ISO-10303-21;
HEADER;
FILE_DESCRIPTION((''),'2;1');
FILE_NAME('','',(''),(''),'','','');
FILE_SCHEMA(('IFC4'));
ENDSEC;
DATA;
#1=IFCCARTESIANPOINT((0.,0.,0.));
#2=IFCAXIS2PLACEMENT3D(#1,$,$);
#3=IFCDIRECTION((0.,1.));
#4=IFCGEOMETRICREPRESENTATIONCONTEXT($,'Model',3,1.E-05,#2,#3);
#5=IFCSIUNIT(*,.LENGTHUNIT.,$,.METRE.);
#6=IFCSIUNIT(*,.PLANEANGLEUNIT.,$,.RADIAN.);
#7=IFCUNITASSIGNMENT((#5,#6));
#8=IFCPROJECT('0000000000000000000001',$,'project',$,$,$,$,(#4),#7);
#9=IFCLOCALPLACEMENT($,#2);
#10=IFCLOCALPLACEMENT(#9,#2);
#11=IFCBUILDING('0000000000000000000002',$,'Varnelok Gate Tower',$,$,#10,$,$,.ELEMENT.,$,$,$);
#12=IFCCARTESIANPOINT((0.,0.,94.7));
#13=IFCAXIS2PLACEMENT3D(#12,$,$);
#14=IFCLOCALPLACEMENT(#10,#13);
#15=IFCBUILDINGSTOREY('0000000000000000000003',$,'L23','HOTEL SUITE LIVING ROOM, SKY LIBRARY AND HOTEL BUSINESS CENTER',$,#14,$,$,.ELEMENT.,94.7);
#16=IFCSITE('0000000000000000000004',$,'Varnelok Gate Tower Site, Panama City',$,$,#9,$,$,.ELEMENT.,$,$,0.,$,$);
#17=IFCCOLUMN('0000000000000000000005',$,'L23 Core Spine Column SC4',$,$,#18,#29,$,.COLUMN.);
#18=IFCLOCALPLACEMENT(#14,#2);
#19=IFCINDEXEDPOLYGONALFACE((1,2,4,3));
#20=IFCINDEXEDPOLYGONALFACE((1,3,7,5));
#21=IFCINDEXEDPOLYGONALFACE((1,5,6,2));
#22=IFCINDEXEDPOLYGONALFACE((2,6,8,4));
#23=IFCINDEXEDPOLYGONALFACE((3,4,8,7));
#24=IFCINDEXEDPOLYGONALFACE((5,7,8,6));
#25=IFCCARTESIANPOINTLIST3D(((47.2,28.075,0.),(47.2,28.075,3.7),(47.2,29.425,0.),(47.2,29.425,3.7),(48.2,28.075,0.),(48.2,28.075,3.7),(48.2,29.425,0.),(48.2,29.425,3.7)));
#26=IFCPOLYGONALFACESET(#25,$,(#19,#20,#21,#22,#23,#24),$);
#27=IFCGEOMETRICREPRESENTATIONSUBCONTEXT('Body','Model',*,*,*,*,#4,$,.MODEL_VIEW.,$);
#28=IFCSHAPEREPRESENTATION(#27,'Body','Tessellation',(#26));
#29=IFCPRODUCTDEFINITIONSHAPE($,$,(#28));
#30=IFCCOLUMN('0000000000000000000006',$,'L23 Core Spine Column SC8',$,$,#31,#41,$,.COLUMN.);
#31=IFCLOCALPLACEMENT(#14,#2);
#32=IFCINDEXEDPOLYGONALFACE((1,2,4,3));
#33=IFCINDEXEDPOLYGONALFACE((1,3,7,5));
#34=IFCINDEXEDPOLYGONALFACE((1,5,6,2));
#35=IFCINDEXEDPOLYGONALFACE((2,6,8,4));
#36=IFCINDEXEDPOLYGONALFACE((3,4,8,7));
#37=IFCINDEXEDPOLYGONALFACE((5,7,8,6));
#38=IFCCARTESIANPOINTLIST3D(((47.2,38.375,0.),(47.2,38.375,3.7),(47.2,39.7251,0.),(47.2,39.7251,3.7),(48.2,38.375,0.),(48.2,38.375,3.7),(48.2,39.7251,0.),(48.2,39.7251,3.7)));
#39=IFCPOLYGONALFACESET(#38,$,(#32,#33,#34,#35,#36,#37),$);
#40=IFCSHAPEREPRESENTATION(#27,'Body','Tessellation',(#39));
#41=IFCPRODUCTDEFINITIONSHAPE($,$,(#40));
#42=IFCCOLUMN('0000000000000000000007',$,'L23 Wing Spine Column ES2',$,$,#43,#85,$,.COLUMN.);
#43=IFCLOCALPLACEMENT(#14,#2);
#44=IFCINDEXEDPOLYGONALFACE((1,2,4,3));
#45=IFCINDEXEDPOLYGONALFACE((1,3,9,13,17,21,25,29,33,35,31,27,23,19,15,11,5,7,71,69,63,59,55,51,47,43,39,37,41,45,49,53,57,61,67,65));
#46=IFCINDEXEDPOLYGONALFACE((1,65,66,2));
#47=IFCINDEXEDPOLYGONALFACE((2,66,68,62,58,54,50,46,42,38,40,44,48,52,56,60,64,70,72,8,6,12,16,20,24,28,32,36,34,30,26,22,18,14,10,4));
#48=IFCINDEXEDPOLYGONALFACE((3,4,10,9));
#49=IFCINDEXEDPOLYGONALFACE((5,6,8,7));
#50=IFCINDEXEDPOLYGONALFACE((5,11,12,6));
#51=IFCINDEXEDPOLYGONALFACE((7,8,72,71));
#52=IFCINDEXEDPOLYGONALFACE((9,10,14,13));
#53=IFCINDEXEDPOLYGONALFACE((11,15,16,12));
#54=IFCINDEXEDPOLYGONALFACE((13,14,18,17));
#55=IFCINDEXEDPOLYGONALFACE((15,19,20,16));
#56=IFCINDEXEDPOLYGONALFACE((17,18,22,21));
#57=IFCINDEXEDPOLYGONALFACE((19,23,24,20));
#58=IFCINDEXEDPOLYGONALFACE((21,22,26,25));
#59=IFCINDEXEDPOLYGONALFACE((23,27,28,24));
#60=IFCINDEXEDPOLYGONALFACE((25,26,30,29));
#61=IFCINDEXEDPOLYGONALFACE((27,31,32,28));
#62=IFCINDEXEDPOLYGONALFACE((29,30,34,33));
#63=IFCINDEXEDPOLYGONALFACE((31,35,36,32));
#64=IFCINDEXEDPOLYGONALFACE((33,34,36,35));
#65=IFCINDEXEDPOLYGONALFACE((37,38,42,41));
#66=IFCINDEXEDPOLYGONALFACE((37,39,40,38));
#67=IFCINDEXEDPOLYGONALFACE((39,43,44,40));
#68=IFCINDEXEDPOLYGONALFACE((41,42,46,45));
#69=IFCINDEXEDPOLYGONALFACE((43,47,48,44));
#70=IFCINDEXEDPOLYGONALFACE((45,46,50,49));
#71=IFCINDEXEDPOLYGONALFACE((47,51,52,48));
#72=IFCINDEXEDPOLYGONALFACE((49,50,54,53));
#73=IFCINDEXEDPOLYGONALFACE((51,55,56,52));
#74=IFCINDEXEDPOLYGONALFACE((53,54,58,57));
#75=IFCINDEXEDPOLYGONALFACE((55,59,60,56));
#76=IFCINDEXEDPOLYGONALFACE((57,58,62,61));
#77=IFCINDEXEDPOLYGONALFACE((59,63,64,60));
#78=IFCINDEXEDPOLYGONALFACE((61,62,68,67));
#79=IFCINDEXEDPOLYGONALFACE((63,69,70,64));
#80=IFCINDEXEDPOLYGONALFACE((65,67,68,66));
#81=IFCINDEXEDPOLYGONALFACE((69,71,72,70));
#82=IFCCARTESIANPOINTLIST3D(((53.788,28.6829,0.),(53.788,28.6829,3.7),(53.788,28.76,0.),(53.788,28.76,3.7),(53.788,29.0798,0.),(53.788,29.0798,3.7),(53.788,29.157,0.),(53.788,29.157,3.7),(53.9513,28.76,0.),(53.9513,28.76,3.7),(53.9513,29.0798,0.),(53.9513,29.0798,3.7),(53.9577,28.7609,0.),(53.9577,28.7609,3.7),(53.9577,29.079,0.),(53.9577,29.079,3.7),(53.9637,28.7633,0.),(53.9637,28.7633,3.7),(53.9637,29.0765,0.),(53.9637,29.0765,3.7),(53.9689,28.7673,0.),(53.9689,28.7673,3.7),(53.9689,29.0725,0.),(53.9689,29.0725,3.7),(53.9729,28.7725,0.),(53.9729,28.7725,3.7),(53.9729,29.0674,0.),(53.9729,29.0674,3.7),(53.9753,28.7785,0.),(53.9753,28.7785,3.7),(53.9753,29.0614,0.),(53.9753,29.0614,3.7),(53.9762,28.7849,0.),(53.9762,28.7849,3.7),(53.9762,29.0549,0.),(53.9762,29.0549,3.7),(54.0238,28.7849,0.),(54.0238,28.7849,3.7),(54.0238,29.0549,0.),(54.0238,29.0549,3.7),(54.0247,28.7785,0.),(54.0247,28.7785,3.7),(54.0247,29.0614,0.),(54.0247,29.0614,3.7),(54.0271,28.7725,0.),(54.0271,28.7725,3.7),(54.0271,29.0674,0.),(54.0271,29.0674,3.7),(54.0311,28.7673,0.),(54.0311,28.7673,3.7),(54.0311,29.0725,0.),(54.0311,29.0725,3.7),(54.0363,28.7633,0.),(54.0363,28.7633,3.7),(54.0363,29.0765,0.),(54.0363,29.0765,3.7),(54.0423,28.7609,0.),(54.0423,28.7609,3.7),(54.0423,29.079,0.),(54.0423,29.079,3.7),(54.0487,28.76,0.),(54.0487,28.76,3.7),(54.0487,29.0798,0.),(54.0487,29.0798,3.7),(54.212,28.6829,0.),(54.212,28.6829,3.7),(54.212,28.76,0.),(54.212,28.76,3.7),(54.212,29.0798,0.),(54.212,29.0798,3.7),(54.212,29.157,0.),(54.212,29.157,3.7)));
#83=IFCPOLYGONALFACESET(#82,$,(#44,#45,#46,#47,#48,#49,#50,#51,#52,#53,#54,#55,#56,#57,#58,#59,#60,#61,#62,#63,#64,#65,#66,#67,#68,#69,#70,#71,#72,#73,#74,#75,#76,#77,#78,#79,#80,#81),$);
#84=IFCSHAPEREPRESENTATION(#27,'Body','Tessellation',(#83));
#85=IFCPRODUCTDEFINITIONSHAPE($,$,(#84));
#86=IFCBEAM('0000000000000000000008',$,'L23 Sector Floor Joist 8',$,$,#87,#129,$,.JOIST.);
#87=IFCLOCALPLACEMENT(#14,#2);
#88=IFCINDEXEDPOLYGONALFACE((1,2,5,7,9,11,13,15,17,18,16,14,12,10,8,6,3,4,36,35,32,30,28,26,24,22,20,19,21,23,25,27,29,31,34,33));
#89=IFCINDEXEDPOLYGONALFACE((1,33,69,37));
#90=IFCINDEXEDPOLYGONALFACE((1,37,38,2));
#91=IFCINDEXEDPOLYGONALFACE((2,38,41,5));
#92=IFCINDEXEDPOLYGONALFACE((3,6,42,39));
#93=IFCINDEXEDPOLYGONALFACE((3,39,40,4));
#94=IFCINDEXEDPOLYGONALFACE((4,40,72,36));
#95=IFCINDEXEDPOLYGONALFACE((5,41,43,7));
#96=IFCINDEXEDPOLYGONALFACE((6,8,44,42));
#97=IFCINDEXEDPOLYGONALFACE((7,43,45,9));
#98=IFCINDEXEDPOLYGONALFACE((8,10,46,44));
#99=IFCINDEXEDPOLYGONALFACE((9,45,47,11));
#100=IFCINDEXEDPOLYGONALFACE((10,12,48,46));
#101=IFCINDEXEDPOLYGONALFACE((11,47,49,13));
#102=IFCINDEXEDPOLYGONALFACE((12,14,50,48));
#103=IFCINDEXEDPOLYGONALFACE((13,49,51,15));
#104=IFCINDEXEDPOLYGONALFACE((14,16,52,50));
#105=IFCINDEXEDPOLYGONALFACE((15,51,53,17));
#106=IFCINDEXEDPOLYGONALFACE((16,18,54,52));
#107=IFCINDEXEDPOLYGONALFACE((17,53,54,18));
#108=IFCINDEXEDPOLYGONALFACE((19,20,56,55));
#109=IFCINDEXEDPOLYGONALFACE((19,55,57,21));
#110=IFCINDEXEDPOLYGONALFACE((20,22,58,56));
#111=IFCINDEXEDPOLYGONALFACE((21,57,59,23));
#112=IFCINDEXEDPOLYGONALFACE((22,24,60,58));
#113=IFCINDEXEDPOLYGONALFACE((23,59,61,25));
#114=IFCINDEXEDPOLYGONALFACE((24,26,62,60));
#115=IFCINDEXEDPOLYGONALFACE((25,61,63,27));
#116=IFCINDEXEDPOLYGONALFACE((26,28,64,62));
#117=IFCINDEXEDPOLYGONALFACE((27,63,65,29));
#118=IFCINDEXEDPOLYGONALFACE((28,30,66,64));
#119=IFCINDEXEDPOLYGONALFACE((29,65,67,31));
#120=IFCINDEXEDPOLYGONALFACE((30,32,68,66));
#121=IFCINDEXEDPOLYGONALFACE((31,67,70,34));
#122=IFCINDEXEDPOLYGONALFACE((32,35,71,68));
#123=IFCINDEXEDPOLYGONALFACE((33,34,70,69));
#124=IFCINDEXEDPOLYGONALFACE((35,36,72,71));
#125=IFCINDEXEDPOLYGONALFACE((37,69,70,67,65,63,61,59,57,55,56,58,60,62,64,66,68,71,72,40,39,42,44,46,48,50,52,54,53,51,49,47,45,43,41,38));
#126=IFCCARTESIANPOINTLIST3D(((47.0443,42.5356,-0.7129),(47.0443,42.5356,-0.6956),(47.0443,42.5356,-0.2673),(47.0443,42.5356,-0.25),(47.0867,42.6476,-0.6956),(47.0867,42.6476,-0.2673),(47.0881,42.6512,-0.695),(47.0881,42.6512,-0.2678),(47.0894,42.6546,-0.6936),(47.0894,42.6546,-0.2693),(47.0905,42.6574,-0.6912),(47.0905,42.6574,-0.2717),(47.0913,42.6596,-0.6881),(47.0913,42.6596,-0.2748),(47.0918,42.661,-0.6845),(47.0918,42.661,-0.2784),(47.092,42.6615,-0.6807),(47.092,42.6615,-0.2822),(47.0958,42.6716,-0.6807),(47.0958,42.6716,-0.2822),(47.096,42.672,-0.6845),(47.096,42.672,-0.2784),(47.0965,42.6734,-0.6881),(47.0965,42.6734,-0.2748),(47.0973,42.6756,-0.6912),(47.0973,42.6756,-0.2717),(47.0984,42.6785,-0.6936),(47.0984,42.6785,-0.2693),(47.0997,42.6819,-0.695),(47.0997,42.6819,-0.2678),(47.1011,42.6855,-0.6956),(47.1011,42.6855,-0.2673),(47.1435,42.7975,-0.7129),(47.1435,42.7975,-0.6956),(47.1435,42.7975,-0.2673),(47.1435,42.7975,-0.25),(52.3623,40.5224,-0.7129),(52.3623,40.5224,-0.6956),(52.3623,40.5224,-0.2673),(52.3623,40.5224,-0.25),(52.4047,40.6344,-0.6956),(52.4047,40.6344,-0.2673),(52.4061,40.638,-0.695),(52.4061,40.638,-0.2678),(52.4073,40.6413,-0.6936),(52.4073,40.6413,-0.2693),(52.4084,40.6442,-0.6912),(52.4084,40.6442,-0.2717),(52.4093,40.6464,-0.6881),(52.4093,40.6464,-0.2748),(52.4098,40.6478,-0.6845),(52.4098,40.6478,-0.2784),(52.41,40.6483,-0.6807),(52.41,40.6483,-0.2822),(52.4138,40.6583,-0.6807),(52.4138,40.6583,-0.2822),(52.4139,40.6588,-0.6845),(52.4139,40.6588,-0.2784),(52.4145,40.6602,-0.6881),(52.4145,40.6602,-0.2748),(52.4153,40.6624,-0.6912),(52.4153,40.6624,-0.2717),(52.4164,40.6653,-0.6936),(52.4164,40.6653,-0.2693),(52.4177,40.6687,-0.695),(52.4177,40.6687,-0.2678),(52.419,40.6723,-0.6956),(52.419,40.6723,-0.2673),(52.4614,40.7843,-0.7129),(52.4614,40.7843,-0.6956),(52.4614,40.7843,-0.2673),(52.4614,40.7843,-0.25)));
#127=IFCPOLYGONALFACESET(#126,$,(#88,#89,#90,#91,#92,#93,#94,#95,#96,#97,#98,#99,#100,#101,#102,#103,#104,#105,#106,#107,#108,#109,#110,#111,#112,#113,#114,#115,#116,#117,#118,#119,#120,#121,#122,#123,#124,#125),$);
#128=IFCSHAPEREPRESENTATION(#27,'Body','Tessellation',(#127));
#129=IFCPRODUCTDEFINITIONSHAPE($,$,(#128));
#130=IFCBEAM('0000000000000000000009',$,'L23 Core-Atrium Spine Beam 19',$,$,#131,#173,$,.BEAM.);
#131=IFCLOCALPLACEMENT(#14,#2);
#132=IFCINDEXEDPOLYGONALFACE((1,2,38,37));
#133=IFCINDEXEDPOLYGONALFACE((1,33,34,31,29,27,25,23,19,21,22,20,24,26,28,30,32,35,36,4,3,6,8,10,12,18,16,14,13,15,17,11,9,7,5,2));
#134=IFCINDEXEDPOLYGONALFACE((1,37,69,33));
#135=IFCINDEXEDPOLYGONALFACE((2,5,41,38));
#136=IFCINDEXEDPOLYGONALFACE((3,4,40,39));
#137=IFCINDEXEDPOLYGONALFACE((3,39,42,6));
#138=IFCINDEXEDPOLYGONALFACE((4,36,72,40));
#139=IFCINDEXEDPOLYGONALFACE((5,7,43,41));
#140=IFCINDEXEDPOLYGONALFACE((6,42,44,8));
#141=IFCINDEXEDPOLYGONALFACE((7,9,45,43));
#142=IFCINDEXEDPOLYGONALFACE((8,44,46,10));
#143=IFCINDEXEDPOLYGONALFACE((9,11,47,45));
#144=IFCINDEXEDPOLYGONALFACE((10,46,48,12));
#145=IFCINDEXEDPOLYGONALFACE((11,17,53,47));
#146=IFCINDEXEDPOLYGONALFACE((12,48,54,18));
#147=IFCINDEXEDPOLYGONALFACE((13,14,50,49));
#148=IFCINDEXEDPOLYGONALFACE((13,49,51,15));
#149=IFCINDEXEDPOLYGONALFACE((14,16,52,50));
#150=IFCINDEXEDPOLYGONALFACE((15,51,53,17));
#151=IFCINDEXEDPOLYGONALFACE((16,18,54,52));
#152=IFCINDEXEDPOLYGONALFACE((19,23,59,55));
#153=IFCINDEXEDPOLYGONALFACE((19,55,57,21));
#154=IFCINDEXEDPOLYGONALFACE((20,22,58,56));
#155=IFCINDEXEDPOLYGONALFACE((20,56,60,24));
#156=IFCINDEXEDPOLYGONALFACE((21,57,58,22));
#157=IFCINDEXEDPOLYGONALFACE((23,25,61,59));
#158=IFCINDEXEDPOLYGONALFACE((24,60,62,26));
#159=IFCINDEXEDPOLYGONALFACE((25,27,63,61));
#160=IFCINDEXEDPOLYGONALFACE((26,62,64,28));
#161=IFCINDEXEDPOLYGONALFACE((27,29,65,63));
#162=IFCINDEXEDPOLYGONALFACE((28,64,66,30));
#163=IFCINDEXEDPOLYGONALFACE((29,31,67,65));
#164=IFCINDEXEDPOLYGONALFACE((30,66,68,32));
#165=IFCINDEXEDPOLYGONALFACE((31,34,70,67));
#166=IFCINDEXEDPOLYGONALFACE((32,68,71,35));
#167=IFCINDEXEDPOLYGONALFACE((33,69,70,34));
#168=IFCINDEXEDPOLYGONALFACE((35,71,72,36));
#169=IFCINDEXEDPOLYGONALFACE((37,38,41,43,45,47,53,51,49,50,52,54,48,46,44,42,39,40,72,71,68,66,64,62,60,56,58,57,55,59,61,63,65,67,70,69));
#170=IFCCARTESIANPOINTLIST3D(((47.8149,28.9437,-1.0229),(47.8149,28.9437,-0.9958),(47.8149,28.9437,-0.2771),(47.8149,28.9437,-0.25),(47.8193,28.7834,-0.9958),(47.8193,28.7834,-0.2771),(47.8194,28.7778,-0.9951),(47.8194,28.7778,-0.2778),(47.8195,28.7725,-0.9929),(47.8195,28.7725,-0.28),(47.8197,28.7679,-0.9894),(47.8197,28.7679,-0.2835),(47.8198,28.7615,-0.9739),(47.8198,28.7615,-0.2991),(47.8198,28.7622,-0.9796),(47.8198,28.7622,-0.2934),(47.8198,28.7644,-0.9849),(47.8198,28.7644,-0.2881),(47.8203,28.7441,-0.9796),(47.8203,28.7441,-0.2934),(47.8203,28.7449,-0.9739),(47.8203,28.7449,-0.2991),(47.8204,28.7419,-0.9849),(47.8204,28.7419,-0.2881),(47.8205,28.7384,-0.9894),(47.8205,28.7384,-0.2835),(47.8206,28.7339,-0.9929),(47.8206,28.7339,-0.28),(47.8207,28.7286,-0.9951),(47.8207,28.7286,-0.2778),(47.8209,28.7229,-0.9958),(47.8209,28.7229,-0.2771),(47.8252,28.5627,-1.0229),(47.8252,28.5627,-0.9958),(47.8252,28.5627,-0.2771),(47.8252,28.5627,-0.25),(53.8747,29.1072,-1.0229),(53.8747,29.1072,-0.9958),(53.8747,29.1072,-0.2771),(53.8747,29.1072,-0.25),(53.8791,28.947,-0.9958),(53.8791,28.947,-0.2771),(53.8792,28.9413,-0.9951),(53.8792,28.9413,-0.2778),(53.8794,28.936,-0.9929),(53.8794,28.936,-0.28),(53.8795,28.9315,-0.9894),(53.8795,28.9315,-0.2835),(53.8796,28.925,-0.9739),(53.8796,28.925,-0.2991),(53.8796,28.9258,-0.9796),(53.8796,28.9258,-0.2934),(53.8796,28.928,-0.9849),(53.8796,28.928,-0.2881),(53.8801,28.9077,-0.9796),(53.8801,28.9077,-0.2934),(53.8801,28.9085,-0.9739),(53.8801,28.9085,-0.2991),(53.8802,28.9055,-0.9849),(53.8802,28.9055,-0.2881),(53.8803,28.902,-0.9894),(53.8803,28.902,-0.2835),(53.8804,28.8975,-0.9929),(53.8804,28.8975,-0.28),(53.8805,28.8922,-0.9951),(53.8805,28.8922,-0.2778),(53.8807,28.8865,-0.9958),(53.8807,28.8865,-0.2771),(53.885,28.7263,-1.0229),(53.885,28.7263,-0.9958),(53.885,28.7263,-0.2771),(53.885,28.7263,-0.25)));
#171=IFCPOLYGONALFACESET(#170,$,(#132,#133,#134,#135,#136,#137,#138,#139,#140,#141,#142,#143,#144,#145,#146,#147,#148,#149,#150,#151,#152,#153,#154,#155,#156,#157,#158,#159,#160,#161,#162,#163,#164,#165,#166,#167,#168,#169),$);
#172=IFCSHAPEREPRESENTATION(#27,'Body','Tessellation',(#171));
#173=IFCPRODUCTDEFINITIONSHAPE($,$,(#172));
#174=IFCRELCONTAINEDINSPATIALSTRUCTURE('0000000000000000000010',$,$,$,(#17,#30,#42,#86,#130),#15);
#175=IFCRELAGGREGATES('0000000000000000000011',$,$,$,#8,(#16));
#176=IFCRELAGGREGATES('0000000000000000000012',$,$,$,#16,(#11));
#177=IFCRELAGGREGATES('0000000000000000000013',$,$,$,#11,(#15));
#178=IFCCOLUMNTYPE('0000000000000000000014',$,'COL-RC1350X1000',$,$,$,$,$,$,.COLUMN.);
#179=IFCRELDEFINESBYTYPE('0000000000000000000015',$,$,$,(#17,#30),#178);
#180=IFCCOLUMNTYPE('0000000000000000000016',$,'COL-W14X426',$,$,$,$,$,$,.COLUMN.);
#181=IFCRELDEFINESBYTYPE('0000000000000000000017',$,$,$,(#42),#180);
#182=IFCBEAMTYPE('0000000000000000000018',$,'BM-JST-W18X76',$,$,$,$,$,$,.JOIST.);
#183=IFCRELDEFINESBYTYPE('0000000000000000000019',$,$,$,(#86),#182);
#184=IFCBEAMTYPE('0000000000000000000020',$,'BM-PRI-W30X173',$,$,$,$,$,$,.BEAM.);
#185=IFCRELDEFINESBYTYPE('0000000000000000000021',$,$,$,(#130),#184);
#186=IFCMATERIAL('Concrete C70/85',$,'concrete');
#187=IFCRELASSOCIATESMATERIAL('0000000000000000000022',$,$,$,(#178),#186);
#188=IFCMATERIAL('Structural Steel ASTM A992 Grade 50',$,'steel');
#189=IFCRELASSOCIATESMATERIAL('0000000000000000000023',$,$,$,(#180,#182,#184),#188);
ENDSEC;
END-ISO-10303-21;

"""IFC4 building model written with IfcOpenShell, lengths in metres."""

from ifc_helpers import new_model, si_unit, direction, frame, origin, origin_2d, place, context, subcontext, project, spatial, rectangle, i_section, extrude, material, material_profile, profile_set, type_object, element, save


model = new_model("IFC4")

# Units and contexts
model_context = context("Model", 3, precision=1e-05, world=origin(), true_north=direction((0.0, 1.0)))
body_context = subcontext(model_context, "Body", "Model", "MODEL_VIEW")
ifc_project = project(units=[si_unit("LENGTHUNIT", "METRE"), si_unit("PLANEANGLEUNIT", "RADIAN")], contexts=[model_context])

# Site, building, storey
site_placement = place(None, origin())
site = spatial("IfcSite", under=ifc_project, at=site_placement, Name="Varnelok Gate Tower Site, Panama City", CompositionType="ELEMENT", RefElevation=0.0)
building_placement = place(site_placement, origin())
building = spatial("IfcBuilding", under=site, at=building_placement, Name="Varnelok Gate Tower", CompositionType="ELEMENT")
storey_placement = place(building_placement, frame((0.0, 0.0, 94.7)))
storey = spatial("IfcBuildingStorey", under=building, at=storey_placement, Name="L23", Description="HOTEL SUITE LIVING ROOM, SKY LIBRARY AND HOTEL BUSINESS CENTER", CompositionType="ELEMENT", Elevation=94.7)

# Columns
ifc_material_1 = material(Name="Concrete C70/85", Category="concrete")
ifc_material_profile_1 = material_profile(ifc_material_1, rectangle(XDim=1.0, YDim=1.3501, at=origin_2d()), Name="RC1350X1000")
ifc_profile_set_1 = profile_set([ifc_material_profile_1], Name="Concrete C70/85")
column_type_1 = type_object("IfcColumnType", Name="COL-RC1350X1000", PredefinedType="COLUMN", material=ifc_profile_set_1)
for number, where, z_axis, x_axis, name in (
    (1, (47.7, 28.75, 0.0), (0.0, 0.0, 1.0), (1.0, 0.0, 0.0), "L23 Core Spine Column SC4"),
    (2, (47.7, 39.05, 0.0), (0.0, 0.0, 1.0), (1.0, 0.0, 0.0), "L23 Core Spine Column SC8"),
):
    element("IfcColumn", number, at=place(storey_placement, frame(where, z_axis=z_axis, x_axis=x_axis)), inside=storey, type_object=column_type_1, Name=name, PredefinedType="COLUMN", context=body_context, shape_type="SweptSolid", body=[
        extrude(rectangle(XDim=1.0, YDim=1.3501, at=origin_2d()), origin(), (0.0, 0.0, 1.0), 3.7),
    ])
ifc_material_2 = material(Name="Structural Steel ASTM A992 Grade 50", Category="steel")
ifc_material_profile_2 = material_profile(ifc_material_2, i_section(OverallWidth=0.4241, OverallDepth=0.4741, WebThickness=0.0476, FlangeThickness=0.0771, FilletRadius=0.0249, at=origin_2d()), Name="W14X426")
ifc_profile_set_2 = profile_set([ifc_material_profile_2], Name="Structural Steel ASTM A992 Grade 50")
column_type_2 = type_object("IfcColumnType", Name="COL-W14X426", PredefinedType="COLUMN", material=ifc_profile_set_2)
column_placement = place(storey_placement, frame((54.0, 28.9199, 0.0), z_axis=(0.0, 0.0, 1.0), x_axis=(1.0, 0.0, 0.0)))
element("IfcColumn", 3, at=column_placement, inside=storey, type_object=column_type_2, Name="L23 Wing Spine Column ES2", PredefinedType="COLUMN", context=body_context, shape_type="SweptSolid", body=[
    extrude(i_section(OverallWidth=0.4241, OverallDepth=0.4741, WebThickness=0.0476, FlangeThickness=0.0771, FilletRadius=0.0249, at=origin_2d()), origin(), (0.0, 0.0, 1.0), 3.7),
])

# Beams
ifc_material_profile_3 = material_profile(ifc_material_2, i_section(OverallWidth=0.28, OverallDepth=0.4629, WebThickness=0.0107, FlangeThickness=0.0173, FilletRadius=0.0149, at=origin_2d()), Name="W18X76")
ifc_profile_set_3 = profile_set([ifc_material_profile_3], Name="Structural Steel ASTM A992 Grade 50")
beam_type_1 = type_object("IfcBeamType", Name="BM-JST-W18X76", PredefinedType="JOIST", material=ifc_profile_set_3)
beam_1_placement = place(storey_placement, frame((52.4119, 40.6533, -0.4814), z_axis=(-0.935227, 0.354048, 0.0), x_axis=(-0.354048, -0.935227, 0.0)))
element("IfcBeam", 4, at=beam_1_placement, inside=storey, type_object=beam_type_1, Name="L23 Sector Floor Joist 8", PredefinedType="JOIST", context=body_context, shape_type="SweptSolid", body=[
    extrude(i_section(OverallWidth=0.28, OverallDepth=0.4629, WebThickness=0.0107, FlangeThickness=0.0173, FilletRadius=0.0149, at=origin_2d()), origin(), (0.0, 0.0, 1.0), 5.6863),
])
ifc_material_profile_4 = material_profile(ifc_material_2, i_section(OverallWidth=0.3811, OverallDepth=0.7729, WebThickness=0.0166, FlangeThickness=0.0271, FilletRadius=0.022, at=origin_2d()), Name="W30X173")
ifc_profile_set_4 = profile_set([ifc_material_profile_4], Name="Structural Steel ASTM A992 Grade 50")
beam_type_2 = type_object("IfcBeamType", Name="BM-PRI-W30X173", PredefinedType="BEAM", material=ifc_profile_set_4)
beam_2_placement = place(storey_placement, frame((47.8201, 28.7532, -0.6365), z_axis=(0.999636, 0.026983, 0.0), x_axis=(-0.026983, 0.999636, 0.0)))
element("IfcBeam", 5, at=beam_2_placement, inside=storey, type_object=beam_type_2, Name="L23 Core-Atrium Spine Beam 19", PredefinedType="BEAM", context=body_context, shape_type="SweptSolid", body=[
    extrude(i_section(OverallWidth=0.3811, OverallDepth=0.7729, WebThickness=0.0166, FlangeThickness=0.0271, FilletRadius=0.022, at=origin_2d()), origin(), (0.0, 0.0, 1.0), 6.062),
])

save(model, "model.ifc")
